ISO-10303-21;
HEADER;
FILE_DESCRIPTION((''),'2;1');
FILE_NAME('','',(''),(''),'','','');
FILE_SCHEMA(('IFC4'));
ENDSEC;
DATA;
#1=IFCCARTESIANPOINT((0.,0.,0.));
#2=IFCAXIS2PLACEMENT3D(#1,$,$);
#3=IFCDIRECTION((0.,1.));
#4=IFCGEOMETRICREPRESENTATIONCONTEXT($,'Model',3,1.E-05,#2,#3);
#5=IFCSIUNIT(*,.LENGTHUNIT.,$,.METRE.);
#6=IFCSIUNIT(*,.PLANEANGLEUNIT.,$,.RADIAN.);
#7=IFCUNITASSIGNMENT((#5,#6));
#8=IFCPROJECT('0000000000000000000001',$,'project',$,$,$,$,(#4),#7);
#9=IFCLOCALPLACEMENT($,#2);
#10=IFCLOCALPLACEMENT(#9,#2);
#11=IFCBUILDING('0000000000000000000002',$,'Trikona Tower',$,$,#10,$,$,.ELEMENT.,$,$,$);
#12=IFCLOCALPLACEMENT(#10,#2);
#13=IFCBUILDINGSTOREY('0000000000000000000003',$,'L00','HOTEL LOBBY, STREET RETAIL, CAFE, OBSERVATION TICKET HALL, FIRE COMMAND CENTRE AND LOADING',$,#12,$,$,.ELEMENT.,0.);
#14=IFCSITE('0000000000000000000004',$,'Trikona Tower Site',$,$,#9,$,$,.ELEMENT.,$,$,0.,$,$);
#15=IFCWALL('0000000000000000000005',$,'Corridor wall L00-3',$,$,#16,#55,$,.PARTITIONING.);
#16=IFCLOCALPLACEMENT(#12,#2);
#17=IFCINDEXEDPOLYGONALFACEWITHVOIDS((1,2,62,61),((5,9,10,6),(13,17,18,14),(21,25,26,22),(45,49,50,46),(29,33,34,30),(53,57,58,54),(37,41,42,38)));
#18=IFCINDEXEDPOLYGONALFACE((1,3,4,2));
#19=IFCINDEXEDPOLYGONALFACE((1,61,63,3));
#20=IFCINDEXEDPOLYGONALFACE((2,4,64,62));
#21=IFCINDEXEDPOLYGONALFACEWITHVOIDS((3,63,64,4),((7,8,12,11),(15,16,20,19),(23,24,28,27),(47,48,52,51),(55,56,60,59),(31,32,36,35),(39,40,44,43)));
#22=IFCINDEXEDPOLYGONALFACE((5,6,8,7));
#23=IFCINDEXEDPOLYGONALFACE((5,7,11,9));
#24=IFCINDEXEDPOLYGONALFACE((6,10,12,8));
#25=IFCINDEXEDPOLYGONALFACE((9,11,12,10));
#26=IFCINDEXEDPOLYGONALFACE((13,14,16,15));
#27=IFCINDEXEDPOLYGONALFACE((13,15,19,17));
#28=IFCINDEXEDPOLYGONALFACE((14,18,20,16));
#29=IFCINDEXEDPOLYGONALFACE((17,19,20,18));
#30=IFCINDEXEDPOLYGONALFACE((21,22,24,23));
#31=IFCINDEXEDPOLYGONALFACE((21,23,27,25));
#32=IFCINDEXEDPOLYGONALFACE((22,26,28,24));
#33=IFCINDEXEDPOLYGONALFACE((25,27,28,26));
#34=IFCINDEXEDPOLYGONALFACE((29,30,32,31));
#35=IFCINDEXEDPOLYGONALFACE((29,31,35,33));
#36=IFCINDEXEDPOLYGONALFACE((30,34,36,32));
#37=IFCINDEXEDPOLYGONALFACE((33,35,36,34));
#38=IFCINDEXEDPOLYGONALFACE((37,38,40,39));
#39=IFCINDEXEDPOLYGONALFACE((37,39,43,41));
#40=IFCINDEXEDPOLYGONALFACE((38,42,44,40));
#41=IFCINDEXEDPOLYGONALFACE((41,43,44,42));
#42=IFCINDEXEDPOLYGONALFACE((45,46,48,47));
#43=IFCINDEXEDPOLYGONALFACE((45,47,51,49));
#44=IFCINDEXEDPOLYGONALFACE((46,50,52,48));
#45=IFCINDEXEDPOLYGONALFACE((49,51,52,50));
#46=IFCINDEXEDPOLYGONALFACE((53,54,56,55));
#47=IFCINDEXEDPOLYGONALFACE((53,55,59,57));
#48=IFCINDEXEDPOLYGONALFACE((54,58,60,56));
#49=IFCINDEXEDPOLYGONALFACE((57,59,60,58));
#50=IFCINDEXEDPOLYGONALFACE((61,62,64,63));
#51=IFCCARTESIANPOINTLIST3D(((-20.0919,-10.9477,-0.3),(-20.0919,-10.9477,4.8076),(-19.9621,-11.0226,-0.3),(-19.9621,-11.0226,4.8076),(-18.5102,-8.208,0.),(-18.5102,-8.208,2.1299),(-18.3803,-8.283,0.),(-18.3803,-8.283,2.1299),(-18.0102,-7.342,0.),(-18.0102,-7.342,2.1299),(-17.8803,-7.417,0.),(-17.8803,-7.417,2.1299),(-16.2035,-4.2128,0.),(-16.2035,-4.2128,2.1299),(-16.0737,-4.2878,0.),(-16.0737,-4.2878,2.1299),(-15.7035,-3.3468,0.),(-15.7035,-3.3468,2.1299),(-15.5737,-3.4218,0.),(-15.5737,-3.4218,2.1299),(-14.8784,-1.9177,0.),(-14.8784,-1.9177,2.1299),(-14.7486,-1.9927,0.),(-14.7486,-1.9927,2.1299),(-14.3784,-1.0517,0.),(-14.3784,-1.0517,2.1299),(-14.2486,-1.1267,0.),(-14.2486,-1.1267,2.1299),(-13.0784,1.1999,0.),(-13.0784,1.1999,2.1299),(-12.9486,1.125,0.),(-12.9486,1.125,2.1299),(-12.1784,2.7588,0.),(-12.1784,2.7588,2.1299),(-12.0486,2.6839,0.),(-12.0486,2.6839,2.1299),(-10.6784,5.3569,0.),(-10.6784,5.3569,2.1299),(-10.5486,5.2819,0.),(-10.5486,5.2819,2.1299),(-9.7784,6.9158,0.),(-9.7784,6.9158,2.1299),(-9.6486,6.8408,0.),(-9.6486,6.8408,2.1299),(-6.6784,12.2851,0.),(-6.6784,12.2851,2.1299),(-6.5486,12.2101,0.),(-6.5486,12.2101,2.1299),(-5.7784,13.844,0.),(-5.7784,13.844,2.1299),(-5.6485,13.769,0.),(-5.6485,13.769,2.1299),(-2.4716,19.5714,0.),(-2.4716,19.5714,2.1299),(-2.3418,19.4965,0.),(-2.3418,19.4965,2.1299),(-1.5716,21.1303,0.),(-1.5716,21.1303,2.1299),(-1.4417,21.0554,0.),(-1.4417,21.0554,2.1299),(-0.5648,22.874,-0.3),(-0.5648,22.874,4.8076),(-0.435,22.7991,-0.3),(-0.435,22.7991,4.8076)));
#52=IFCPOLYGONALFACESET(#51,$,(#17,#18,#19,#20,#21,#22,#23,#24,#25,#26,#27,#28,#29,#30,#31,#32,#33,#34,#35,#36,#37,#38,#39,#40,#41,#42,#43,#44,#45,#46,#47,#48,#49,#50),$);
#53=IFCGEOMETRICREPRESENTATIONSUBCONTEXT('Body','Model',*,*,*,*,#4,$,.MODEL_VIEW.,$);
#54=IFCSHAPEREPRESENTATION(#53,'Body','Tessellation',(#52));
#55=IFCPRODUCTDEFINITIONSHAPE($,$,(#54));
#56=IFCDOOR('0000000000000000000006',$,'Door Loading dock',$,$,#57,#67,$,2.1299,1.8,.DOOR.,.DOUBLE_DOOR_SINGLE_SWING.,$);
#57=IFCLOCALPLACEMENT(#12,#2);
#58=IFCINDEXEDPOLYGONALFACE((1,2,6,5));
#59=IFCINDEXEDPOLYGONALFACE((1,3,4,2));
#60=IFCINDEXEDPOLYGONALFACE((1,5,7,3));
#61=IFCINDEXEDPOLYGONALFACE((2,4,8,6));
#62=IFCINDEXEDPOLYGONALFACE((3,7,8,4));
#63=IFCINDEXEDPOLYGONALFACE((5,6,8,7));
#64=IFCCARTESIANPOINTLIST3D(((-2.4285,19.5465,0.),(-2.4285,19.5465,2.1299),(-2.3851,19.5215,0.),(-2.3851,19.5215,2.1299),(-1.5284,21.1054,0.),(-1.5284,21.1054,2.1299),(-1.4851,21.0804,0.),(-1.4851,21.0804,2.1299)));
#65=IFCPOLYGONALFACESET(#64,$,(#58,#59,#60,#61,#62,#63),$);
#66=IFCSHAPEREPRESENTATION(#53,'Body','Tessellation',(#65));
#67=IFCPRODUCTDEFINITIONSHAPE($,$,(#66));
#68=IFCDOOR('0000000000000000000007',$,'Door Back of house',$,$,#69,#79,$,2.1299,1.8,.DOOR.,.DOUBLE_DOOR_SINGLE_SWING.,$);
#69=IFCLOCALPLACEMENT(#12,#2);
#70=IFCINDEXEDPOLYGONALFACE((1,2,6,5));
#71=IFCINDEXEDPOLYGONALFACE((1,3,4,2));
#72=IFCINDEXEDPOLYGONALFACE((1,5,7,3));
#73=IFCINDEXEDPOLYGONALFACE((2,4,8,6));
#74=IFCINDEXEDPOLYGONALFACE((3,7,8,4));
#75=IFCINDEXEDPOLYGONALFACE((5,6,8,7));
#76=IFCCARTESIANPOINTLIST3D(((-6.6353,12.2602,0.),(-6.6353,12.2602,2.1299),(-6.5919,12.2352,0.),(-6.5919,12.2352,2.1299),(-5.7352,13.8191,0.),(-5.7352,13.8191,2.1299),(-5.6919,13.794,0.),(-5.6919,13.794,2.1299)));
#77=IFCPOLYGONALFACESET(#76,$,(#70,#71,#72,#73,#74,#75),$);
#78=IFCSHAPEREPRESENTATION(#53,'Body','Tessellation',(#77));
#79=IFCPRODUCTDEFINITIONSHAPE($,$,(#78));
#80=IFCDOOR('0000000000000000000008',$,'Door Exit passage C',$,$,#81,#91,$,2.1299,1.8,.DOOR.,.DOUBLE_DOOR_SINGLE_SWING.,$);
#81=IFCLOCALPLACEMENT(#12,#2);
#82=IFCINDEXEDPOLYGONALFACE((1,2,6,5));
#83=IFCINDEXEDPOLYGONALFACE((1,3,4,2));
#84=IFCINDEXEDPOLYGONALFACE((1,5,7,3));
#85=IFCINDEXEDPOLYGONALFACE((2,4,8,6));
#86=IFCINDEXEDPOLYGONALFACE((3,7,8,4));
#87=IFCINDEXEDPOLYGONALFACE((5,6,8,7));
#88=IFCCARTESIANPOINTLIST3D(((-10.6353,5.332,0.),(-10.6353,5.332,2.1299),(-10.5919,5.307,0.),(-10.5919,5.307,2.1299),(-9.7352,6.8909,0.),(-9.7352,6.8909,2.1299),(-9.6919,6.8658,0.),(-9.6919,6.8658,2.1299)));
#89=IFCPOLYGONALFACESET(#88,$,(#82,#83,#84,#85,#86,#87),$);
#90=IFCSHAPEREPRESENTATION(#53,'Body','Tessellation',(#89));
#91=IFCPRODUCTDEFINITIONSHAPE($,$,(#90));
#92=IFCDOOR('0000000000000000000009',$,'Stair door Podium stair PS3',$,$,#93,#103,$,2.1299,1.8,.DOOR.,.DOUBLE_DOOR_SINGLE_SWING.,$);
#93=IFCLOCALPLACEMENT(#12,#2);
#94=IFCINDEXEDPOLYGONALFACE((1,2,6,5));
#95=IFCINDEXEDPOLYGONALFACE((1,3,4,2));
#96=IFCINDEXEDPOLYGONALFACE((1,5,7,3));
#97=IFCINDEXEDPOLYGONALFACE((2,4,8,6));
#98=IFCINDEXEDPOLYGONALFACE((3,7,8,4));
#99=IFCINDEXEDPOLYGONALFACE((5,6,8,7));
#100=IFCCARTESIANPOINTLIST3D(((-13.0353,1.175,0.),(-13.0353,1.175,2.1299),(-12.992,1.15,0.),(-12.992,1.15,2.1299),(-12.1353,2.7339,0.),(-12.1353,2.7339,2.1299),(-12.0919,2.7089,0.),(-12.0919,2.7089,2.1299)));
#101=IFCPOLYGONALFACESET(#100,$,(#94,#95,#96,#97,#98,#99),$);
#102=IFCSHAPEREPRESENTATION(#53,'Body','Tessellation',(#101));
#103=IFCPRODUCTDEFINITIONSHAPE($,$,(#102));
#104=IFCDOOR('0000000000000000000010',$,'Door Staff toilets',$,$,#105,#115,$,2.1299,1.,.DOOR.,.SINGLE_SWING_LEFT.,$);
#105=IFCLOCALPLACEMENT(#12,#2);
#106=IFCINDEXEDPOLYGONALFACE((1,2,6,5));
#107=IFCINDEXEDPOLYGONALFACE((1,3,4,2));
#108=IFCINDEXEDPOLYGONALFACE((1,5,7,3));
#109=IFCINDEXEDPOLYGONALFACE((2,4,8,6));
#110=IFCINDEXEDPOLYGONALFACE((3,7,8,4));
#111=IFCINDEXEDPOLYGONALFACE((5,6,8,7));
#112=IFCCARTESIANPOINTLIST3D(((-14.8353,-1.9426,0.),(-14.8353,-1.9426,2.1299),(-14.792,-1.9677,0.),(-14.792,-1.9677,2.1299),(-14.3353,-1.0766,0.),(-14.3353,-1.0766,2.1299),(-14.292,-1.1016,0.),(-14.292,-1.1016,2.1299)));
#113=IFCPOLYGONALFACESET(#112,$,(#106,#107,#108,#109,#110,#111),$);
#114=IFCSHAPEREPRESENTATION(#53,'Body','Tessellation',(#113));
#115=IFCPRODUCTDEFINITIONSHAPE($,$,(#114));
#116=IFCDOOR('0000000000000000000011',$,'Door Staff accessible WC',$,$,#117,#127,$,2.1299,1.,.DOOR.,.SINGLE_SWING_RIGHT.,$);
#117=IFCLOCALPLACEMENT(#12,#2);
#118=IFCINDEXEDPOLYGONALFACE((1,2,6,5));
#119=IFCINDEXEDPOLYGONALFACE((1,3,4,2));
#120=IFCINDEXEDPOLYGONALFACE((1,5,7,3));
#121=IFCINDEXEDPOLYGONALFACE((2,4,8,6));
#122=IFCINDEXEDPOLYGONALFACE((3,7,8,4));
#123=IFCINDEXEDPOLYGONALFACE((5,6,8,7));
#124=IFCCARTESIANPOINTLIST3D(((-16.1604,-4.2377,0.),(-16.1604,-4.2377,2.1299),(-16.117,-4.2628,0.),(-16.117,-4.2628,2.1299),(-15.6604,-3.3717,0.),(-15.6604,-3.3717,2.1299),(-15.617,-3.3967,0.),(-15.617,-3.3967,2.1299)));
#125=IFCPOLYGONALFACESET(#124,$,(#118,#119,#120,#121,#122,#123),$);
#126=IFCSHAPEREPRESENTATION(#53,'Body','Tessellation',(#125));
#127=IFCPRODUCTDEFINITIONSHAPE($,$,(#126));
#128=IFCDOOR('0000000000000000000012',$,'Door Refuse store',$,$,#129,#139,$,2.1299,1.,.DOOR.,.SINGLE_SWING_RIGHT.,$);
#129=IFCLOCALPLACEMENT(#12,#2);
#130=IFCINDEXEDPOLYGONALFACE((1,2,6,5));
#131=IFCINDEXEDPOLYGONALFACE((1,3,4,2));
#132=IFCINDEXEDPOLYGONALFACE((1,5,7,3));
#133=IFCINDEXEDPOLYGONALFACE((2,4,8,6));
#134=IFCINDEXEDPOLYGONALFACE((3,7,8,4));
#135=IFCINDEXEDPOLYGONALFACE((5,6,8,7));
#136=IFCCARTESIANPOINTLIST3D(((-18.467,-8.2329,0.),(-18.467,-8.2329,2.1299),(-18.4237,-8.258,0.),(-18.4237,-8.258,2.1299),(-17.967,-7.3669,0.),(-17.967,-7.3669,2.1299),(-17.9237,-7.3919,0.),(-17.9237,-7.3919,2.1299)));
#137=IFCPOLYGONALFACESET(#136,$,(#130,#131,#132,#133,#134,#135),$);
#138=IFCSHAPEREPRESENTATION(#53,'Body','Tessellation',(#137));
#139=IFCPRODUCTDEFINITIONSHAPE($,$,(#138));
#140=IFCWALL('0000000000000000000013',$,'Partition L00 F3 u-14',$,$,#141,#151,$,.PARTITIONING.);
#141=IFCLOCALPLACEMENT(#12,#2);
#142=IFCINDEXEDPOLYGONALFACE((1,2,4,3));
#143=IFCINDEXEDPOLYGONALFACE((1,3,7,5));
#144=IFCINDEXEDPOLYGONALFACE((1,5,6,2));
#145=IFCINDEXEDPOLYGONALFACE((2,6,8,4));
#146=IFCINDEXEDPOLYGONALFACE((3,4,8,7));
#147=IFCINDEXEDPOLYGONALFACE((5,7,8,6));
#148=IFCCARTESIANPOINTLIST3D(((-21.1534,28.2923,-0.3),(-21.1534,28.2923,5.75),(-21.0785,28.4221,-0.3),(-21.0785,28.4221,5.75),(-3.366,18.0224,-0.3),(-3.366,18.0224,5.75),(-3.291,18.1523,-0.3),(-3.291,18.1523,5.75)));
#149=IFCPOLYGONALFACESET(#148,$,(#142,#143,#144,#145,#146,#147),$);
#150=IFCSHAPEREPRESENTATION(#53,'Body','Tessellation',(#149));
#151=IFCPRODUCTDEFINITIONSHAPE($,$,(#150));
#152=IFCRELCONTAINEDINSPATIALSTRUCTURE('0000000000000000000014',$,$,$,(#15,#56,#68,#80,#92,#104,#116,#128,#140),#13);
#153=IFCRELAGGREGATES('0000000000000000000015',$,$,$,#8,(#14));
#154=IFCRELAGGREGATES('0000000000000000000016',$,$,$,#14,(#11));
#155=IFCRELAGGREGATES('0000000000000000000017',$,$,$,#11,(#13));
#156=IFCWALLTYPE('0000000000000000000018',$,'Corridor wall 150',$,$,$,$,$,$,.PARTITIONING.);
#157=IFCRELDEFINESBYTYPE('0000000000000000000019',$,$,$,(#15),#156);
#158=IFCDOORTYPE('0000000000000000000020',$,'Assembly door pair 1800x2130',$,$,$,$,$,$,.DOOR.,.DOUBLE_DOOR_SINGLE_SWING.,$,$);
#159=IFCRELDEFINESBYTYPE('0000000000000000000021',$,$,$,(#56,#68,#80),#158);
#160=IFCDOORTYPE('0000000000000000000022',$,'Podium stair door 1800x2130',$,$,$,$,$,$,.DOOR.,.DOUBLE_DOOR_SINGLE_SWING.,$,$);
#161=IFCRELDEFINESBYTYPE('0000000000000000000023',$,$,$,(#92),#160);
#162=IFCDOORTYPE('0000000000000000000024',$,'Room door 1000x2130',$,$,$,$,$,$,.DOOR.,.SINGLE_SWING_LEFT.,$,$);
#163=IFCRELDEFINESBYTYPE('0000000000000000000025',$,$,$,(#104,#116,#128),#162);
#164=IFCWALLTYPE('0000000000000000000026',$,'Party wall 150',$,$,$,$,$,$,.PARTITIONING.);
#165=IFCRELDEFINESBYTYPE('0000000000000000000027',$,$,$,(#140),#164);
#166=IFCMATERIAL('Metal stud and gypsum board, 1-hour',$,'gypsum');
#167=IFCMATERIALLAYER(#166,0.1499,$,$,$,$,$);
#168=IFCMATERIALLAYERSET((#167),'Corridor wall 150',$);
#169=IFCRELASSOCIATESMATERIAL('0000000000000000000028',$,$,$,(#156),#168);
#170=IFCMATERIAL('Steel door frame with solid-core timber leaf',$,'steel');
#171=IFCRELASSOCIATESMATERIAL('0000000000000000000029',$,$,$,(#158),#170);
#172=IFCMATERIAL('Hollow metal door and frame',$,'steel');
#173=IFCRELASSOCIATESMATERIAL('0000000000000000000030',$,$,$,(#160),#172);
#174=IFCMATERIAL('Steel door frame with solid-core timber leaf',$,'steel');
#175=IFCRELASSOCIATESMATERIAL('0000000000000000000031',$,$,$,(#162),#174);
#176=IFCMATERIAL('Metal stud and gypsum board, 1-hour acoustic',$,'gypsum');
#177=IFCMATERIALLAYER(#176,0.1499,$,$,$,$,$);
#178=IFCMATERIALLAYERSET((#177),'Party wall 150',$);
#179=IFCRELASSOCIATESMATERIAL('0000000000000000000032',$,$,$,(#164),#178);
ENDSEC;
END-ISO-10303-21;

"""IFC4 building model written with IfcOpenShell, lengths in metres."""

from ifc_helpers import new_model, si_unit, direction, frame, frame_2d, origin, place, context, subcontext, project, spatial, rectangle, extrude, material, layer, layer_set, type_object, element, fill, save


model = new_model("IFC4")

# Units and contexts
model_context = context("Model", 3, precision=1e-05, world=origin(), true_north=direction((0.0, 1.0)))
body_context = subcontext(model_context, "Body", "Model", "MODEL_VIEW")
ifc_project = project(units=[si_unit("LENGTHUNIT", "METRE"), si_unit("PLANEANGLEUNIT", "RADIAN")], contexts=[model_context])

# Site, building, storey
site_placement = place(None, origin())
site = spatial("IfcSite", under=ifc_project, at=site_placement, Name="Trikona Tower Site", CompositionType="ELEMENT", RefElevation=0.0)
building_placement = place(site_placement, origin())
building = spatial("IfcBuilding", under=site, at=building_placement, Name="Trikona Tower", CompositionType="ELEMENT")
storey_placement = place(building_placement, origin())
storey = spatial("IfcBuildingStorey", under=building, at=storey_placement, Name="L00", Description="HOTEL LOBBY, STREET RETAIL, CAFE, OBSERVATION TICKET HALL, FIRE COMMAND CENTRE AND LOADING", CompositionType="ELEMENT", Elevation=0.0)

# Wall, openings, doors
ifc_material_1 = material(Name="Metal stud and gypsum board, 1-hour", Category="gypsum")
ifc_layer_1 = layer(ifc_material_1, 0.1499)
ifc_layer_set_1 = layer_set([ifc_layer_1], Name="Corridor wall 150")
wall_type_1 = type_object("IfcWallType", Name="Corridor wall 150", PredefinedType="PARTITIONING", material=ifc_layer_set_1)
wall_1_placement = place(storey_placement, frame((-0.5, 22.8364, -0.3), z_axis=(0.0, 0.0, 1.0), x_axis=(-0.500002, -0.866024, 0.0)))
wall_1 = element("IfcWall", 1, at=wall_1_placement, inside=storey, type_object=wall_type_1, Name="Corridor wall L00-3", PredefinedType="PARTITIONING", context=body_context, shape_type="SweptSolid", body=[
    extrude(rectangle(XDim=39.054, YDim=0.1499, at=frame_2d((19.5269, 0.0))), origin(), (0.0, 0.0, 1.0), 5.1077),
])
opening_1_placement = place(wall_1_placement, frame((2.0134, 0.0, 0.3)))
opening_1 = element("IfcOpeningElement", 2, at=opening_1_placement, cuts=wall_1, PredefinedType="OPENING", context=body_context, shape_type="SweptSolid", body=[
    extrude(rectangle(XDim=1.8, YDim=2.1299, at=frame_2d((0.8999, 1.0649))), frame((0.0, 0.085, 0.0), z_axis=(0.0, -1.0, 0.0), x_axis=(1.0, 0.0, 0.0)), (0.0, 0.0, 1.0), 0.1699),
])
opening_2_placement = place(wall_1_placement, frame((10.427, 0.0, 0.3)))
opening_2 = element("IfcOpeningElement", 3, at=opening_2_placement, cuts=wall_1, PredefinedType="OPENING", context=body_context, shape_type="SweptSolid", body=[
    extrude(rectangle(XDim=1.8, YDim=2.1299, at=frame_2d((0.8999, 1.0649))), frame((0.0, 0.085, 0.0), z_axis=(0.0, -1.0, 0.0), x_axis=(1.0, 0.0, 0.0)), (0.0, 0.0, 1.0), 0.1699),
])
opening_3_placement = place(wall_1_placement, frame((18.427, 0.0, 0.3)))
opening_3 = element("IfcOpeningElement", 4, at=opening_3_placement, cuts=wall_1, PredefinedType="OPENING", context=body_context, shape_type="SweptSolid", body=[
    extrude(rectangle(XDim=1.8, YDim=2.1299, at=frame_2d((0.8999, 1.0649))), frame((0.0, 0.085, 0.0), z_axis=(0.0, -1.0, 0.0), x_axis=(1.0, 0.0, 0.0)), (0.0, 0.0, 1.0), 0.1699),
])
opening_4_placement = place(wall_1_placement, frame((23.2271, 0.0, 0.3)))
opening_4 = element("IfcOpeningElement", 5, at=opening_4_placement, cuts=wall_1, PredefinedType="OPENING", context=body_context, shape_type="SweptSolid", body=[
    extrude(rectangle(XDim=1.8, YDim=2.1299, at=frame_2d((0.8999, 1.0649))), frame((0.0, 0.085, 0.0), z_axis=(0.0, -1.0, 0.0), x_axis=(1.0, 0.0, 0.0)), (0.0, 0.0, 1.0), 0.1699),
])
opening_5_placement = place(wall_1_placement, frame((27.627, 0.0, 0.3)))
opening_5 = element("IfcOpeningElement", 6, at=opening_5_placement, cuts=wall_1, PredefinedType="OPENING", context=body_context, shape_type="SweptSolid", body=[
    extrude(rectangle(XDim=1.0, YDim=2.1299, at=frame_2d((0.5, 1.0649))), frame((0.0, 0.085, 0.0), z_axis=(0.0, -1.0, 0.0), x_axis=(1.0, 0.0, 0.0)), (0.0, 0.0, 1.0), 0.1699),
])
opening_6_placement = place(wall_1_placement, frame((30.2771, 0.0, 0.3)))
opening_6 = element("IfcOpeningElement", 7, at=opening_6_placement, cuts=wall_1, PredefinedType="OPENING", context=body_context, shape_type="SweptSolid", body=[
    extrude(rectangle(XDim=1.0, YDim=2.1299, at=frame_2d((0.5, 1.0649))), frame((0.0, 0.085, 0.0), z_axis=(0.0, -1.0, 0.0), x_axis=(1.0, 0.0, 0.0)), (0.0, 0.0, 1.0), 0.1699),
])
opening_7_placement = place(wall_1_placement, frame((34.8904, 0.0, 0.3)))
opening_7 = element("IfcOpeningElement", 8, at=opening_7_placement, cuts=wall_1, PredefinedType="OPENING", context=body_context, shape_type="SweptSolid", body=[
    extrude(rectangle(XDim=1.0, YDim=2.1299, at=frame_2d((0.5, 1.0649))), frame((0.0, 0.085, 0.0), z_axis=(0.0, -1.0, 0.0), x_axis=(1.0, 0.0, 0.0)), (0.0, 0.0, 1.0), 0.1699),
])
ifc_material_2 = material(Name="Steel door frame with solid-core timber leaf", Category="steel")
door_type_1 = type_object("IfcDoorType", Name="Assembly door pair 1800x2130", OperationType="DOUBLE_DOOR_SINGLE_SWING", PredefinedType="DOOR", material=ifc_material_2)
door_1_placement = place(opening_1_placement, origin())
door_1 = element("IfcDoor", 9, at=door_1_placement, inside=storey, type_object=door_type_1, Name="Door Loading dock", OperationType="DOUBLE_DOOR_SINGLE_SWING", OverallHeight=2.1299, OverallWidth=1.8, PredefinedType="DOOR", context=body_context, shape_type="SweptSolid", body=[
    extrude(rectangle(XDim=1.8, YDim=2.1299, at=frame_2d((0.8999, 1.0649))), frame((0.0, 0.0249, 0.0), z_axis=(0.0, -1.0, 0.0), x_axis=(1.0, 0.0, 0.0)), (0.0, 0.0, 1.0), 0.05),
])
fill(opening_1, door_1)
door_2_placement = place(opening_2_placement, origin())
door_2 = element("IfcDoor", 10, at=door_2_placement, inside=storey, type_object=door_type_1, Name="Door Back of house", OperationType="DOUBLE_DOOR_SINGLE_SWING", OverallHeight=2.1299, OverallWidth=1.8, PredefinedType="DOOR", context=body_context, shape_type="SweptSolid", body=[
    extrude(rectangle(XDim=1.8, YDim=2.1299, at=frame_2d((0.8999, 1.0649))), frame((0.0, 0.0249, 0.0), z_axis=(0.0, -1.0, 0.0), x_axis=(1.0, 0.0, 0.0)), (0.0, 0.0, 1.0), 0.05),
])
fill(opening_2, door_2)
door_3_placement = place(opening_3_placement, origin())
door_3 = element("IfcDoor", 11, at=door_3_placement, inside=storey, type_object=door_type_1, Name="Door Exit passage C", OperationType="DOUBLE_DOOR_SINGLE_SWING", OverallHeight=2.1299, OverallWidth=1.8, PredefinedType="DOOR", context=body_context, shape_type="SweptSolid", body=[
    extrude(rectangle(XDim=1.8, YDim=2.1299, at=frame_2d((0.8999, 1.0649))), frame((0.0, 0.0249, 0.0), z_axis=(0.0, -1.0, 0.0), x_axis=(1.0, 0.0, 0.0)), (0.0, 0.0, 1.0), 0.05),
])
fill(opening_3, door_3)
ifc_material_3 = material(Name="Hollow metal door and frame", Category="steel")
door_type_2 = type_object("IfcDoorType", Name="Podium stair door 1800x2130", OperationType="DOUBLE_DOOR_SINGLE_SWING", PredefinedType="DOOR", material=ifc_material_3)
door_4_placement = place(opening_4_placement, origin())
door_4 = element("IfcDoor", 12, at=door_4_placement, inside=storey, type_object=door_type_2, Name="Stair door Podium stair PS3", OperationType="DOUBLE_DOOR_SINGLE_SWING", OverallHeight=2.1299, OverallWidth=1.8, PredefinedType="DOOR", context=body_context, shape_type="SweptSolid", body=[
    extrude(rectangle(XDim=1.8, YDim=2.1299, at=frame_2d((0.8999, 1.0649))), frame((0.0, 0.0249, 0.0), z_axis=(0.0, -1.0, 0.0), x_axis=(1.0, 0.0, 0.0)), (0.0, 0.0, 1.0), 0.05),
])
fill(opening_4, door_4)
ifc_material_4 = material(Name="Steel door frame with solid-core timber leaf", Category="steel")
door_type_3 = type_object("IfcDoorType", Name="Room door 1000x2130", OperationType="SINGLE_SWING_LEFT", PredefinedType="DOOR", material=ifc_material_4)
door_5_placement = place(opening_5_placement, origin())
door_5 = element("IfcDoor", 13, at=door_5_placement, inside=storey, type_object=door_type_3, Name="Door Staff toilets", OperationType="SINGLE_SWING_LEFT", OverallHeight=2.1299, OverallWidth=1.0, PredefinedType="DOOR", context=body_context, shape_type="SweptSolid", body=[
    extrude(rectangle(XDim=1.0, YDim=2.1299, at=frame_2d((0.5, 1.0649))), frame((0.0, 0.0249, 0.0), z_axis=(0.0, -1.0, 0.0), x_axis=(1.0, 0.0, 0.0)), (0.0, 0.0, 1.0), 0.05),
])
fill(opening_5, door_5)
door_6_placement = place(opening_6_placement, origin())
door_6 = element("IfcDoor", 14, at=door_6_placement, inside=storey, type_object=door_type_3, Name="Door Staff accessible WC", OperationType="SINGLE_SWING_RIGHT", OverallHeight=2.1299, OverallWidth=1.0, PredefinedType="DOOR", context=body_context, shape_type="SweptSolid", body=[
    extrude(rectangle(XDim=1.0, YDim=2.1299, at=frame_2d((0.5, 1.0649))), frame((0.0, 0.0249, 0.0), z_axis=(0.0, -1.0, 0.0), x_axis=(1.0, 0.0, 0.0)), (0.0, 0.0, 1.0), 0.05),
])
fill(opening_6, door_6)
door_7_placement = place(opening_7_placement, origin())
door_7 = element("IfcDoor", 15, at=door_7_placement, inside=storey, type_object=door_type_3, Name="Door Refuse store", OperationType="SINGLE_SWING_RIGHT", OverallHeight=2.1299, OverallWidth=1.0, PredefinedType="DOOR", context=body_context, shape_type="SweptSolid", body=[
    extrude(rectangle(XDim=1.0, YDim=2.1299, at=frame_2d((0.5, 1.0649))), frame((0.0, 0.0249, 0.0), z_axis=(0.0, -1.0, 0.0), x_axis=(1.0, 0.0, 0.0)), (0.0, 0.0, 1.0), 0.05),
])
fill(opening_7, door_7)

# Wall
ifc_material_5 = material(Name="Metal stud and gypsum board, 1-hour acoustic", Category="gypsum")
ifc_layer_2 = layer(ifc_material_5, 0.1499)
ifc_layer_set_2 = layer_set([ifc_layer_2], Name="Party wall 150")
wall_type_2 = type_object("IfcWallType", Name="Party wall 150", PredefinedType="PARTITIONING", material=ifc_layer_set_2)
wall_2_placement = place(storey_placement, frame((-3.3286, 18.0874, -0.3), z_axis=(0.0, 0.0, 1.0), x_axis=(-0.86602, 0.500009, 0.0)))
element("IfcWall", 16, at=wall_2_placement, inside=storey, type_object=wall_type_2, Name="Partition L00 F3 u-14", PredefinedType="PARTITIONING", context=body_context, shape_type="SweptSolid", body=[
    extrude(rectangle(XDim=20.5393, YDim=0.1499, at=frame_2d((10.2695, 0.0))), origin(), (0.0, 0.0, 1.0), 6.05),
])

save(model, "model.ifc")
